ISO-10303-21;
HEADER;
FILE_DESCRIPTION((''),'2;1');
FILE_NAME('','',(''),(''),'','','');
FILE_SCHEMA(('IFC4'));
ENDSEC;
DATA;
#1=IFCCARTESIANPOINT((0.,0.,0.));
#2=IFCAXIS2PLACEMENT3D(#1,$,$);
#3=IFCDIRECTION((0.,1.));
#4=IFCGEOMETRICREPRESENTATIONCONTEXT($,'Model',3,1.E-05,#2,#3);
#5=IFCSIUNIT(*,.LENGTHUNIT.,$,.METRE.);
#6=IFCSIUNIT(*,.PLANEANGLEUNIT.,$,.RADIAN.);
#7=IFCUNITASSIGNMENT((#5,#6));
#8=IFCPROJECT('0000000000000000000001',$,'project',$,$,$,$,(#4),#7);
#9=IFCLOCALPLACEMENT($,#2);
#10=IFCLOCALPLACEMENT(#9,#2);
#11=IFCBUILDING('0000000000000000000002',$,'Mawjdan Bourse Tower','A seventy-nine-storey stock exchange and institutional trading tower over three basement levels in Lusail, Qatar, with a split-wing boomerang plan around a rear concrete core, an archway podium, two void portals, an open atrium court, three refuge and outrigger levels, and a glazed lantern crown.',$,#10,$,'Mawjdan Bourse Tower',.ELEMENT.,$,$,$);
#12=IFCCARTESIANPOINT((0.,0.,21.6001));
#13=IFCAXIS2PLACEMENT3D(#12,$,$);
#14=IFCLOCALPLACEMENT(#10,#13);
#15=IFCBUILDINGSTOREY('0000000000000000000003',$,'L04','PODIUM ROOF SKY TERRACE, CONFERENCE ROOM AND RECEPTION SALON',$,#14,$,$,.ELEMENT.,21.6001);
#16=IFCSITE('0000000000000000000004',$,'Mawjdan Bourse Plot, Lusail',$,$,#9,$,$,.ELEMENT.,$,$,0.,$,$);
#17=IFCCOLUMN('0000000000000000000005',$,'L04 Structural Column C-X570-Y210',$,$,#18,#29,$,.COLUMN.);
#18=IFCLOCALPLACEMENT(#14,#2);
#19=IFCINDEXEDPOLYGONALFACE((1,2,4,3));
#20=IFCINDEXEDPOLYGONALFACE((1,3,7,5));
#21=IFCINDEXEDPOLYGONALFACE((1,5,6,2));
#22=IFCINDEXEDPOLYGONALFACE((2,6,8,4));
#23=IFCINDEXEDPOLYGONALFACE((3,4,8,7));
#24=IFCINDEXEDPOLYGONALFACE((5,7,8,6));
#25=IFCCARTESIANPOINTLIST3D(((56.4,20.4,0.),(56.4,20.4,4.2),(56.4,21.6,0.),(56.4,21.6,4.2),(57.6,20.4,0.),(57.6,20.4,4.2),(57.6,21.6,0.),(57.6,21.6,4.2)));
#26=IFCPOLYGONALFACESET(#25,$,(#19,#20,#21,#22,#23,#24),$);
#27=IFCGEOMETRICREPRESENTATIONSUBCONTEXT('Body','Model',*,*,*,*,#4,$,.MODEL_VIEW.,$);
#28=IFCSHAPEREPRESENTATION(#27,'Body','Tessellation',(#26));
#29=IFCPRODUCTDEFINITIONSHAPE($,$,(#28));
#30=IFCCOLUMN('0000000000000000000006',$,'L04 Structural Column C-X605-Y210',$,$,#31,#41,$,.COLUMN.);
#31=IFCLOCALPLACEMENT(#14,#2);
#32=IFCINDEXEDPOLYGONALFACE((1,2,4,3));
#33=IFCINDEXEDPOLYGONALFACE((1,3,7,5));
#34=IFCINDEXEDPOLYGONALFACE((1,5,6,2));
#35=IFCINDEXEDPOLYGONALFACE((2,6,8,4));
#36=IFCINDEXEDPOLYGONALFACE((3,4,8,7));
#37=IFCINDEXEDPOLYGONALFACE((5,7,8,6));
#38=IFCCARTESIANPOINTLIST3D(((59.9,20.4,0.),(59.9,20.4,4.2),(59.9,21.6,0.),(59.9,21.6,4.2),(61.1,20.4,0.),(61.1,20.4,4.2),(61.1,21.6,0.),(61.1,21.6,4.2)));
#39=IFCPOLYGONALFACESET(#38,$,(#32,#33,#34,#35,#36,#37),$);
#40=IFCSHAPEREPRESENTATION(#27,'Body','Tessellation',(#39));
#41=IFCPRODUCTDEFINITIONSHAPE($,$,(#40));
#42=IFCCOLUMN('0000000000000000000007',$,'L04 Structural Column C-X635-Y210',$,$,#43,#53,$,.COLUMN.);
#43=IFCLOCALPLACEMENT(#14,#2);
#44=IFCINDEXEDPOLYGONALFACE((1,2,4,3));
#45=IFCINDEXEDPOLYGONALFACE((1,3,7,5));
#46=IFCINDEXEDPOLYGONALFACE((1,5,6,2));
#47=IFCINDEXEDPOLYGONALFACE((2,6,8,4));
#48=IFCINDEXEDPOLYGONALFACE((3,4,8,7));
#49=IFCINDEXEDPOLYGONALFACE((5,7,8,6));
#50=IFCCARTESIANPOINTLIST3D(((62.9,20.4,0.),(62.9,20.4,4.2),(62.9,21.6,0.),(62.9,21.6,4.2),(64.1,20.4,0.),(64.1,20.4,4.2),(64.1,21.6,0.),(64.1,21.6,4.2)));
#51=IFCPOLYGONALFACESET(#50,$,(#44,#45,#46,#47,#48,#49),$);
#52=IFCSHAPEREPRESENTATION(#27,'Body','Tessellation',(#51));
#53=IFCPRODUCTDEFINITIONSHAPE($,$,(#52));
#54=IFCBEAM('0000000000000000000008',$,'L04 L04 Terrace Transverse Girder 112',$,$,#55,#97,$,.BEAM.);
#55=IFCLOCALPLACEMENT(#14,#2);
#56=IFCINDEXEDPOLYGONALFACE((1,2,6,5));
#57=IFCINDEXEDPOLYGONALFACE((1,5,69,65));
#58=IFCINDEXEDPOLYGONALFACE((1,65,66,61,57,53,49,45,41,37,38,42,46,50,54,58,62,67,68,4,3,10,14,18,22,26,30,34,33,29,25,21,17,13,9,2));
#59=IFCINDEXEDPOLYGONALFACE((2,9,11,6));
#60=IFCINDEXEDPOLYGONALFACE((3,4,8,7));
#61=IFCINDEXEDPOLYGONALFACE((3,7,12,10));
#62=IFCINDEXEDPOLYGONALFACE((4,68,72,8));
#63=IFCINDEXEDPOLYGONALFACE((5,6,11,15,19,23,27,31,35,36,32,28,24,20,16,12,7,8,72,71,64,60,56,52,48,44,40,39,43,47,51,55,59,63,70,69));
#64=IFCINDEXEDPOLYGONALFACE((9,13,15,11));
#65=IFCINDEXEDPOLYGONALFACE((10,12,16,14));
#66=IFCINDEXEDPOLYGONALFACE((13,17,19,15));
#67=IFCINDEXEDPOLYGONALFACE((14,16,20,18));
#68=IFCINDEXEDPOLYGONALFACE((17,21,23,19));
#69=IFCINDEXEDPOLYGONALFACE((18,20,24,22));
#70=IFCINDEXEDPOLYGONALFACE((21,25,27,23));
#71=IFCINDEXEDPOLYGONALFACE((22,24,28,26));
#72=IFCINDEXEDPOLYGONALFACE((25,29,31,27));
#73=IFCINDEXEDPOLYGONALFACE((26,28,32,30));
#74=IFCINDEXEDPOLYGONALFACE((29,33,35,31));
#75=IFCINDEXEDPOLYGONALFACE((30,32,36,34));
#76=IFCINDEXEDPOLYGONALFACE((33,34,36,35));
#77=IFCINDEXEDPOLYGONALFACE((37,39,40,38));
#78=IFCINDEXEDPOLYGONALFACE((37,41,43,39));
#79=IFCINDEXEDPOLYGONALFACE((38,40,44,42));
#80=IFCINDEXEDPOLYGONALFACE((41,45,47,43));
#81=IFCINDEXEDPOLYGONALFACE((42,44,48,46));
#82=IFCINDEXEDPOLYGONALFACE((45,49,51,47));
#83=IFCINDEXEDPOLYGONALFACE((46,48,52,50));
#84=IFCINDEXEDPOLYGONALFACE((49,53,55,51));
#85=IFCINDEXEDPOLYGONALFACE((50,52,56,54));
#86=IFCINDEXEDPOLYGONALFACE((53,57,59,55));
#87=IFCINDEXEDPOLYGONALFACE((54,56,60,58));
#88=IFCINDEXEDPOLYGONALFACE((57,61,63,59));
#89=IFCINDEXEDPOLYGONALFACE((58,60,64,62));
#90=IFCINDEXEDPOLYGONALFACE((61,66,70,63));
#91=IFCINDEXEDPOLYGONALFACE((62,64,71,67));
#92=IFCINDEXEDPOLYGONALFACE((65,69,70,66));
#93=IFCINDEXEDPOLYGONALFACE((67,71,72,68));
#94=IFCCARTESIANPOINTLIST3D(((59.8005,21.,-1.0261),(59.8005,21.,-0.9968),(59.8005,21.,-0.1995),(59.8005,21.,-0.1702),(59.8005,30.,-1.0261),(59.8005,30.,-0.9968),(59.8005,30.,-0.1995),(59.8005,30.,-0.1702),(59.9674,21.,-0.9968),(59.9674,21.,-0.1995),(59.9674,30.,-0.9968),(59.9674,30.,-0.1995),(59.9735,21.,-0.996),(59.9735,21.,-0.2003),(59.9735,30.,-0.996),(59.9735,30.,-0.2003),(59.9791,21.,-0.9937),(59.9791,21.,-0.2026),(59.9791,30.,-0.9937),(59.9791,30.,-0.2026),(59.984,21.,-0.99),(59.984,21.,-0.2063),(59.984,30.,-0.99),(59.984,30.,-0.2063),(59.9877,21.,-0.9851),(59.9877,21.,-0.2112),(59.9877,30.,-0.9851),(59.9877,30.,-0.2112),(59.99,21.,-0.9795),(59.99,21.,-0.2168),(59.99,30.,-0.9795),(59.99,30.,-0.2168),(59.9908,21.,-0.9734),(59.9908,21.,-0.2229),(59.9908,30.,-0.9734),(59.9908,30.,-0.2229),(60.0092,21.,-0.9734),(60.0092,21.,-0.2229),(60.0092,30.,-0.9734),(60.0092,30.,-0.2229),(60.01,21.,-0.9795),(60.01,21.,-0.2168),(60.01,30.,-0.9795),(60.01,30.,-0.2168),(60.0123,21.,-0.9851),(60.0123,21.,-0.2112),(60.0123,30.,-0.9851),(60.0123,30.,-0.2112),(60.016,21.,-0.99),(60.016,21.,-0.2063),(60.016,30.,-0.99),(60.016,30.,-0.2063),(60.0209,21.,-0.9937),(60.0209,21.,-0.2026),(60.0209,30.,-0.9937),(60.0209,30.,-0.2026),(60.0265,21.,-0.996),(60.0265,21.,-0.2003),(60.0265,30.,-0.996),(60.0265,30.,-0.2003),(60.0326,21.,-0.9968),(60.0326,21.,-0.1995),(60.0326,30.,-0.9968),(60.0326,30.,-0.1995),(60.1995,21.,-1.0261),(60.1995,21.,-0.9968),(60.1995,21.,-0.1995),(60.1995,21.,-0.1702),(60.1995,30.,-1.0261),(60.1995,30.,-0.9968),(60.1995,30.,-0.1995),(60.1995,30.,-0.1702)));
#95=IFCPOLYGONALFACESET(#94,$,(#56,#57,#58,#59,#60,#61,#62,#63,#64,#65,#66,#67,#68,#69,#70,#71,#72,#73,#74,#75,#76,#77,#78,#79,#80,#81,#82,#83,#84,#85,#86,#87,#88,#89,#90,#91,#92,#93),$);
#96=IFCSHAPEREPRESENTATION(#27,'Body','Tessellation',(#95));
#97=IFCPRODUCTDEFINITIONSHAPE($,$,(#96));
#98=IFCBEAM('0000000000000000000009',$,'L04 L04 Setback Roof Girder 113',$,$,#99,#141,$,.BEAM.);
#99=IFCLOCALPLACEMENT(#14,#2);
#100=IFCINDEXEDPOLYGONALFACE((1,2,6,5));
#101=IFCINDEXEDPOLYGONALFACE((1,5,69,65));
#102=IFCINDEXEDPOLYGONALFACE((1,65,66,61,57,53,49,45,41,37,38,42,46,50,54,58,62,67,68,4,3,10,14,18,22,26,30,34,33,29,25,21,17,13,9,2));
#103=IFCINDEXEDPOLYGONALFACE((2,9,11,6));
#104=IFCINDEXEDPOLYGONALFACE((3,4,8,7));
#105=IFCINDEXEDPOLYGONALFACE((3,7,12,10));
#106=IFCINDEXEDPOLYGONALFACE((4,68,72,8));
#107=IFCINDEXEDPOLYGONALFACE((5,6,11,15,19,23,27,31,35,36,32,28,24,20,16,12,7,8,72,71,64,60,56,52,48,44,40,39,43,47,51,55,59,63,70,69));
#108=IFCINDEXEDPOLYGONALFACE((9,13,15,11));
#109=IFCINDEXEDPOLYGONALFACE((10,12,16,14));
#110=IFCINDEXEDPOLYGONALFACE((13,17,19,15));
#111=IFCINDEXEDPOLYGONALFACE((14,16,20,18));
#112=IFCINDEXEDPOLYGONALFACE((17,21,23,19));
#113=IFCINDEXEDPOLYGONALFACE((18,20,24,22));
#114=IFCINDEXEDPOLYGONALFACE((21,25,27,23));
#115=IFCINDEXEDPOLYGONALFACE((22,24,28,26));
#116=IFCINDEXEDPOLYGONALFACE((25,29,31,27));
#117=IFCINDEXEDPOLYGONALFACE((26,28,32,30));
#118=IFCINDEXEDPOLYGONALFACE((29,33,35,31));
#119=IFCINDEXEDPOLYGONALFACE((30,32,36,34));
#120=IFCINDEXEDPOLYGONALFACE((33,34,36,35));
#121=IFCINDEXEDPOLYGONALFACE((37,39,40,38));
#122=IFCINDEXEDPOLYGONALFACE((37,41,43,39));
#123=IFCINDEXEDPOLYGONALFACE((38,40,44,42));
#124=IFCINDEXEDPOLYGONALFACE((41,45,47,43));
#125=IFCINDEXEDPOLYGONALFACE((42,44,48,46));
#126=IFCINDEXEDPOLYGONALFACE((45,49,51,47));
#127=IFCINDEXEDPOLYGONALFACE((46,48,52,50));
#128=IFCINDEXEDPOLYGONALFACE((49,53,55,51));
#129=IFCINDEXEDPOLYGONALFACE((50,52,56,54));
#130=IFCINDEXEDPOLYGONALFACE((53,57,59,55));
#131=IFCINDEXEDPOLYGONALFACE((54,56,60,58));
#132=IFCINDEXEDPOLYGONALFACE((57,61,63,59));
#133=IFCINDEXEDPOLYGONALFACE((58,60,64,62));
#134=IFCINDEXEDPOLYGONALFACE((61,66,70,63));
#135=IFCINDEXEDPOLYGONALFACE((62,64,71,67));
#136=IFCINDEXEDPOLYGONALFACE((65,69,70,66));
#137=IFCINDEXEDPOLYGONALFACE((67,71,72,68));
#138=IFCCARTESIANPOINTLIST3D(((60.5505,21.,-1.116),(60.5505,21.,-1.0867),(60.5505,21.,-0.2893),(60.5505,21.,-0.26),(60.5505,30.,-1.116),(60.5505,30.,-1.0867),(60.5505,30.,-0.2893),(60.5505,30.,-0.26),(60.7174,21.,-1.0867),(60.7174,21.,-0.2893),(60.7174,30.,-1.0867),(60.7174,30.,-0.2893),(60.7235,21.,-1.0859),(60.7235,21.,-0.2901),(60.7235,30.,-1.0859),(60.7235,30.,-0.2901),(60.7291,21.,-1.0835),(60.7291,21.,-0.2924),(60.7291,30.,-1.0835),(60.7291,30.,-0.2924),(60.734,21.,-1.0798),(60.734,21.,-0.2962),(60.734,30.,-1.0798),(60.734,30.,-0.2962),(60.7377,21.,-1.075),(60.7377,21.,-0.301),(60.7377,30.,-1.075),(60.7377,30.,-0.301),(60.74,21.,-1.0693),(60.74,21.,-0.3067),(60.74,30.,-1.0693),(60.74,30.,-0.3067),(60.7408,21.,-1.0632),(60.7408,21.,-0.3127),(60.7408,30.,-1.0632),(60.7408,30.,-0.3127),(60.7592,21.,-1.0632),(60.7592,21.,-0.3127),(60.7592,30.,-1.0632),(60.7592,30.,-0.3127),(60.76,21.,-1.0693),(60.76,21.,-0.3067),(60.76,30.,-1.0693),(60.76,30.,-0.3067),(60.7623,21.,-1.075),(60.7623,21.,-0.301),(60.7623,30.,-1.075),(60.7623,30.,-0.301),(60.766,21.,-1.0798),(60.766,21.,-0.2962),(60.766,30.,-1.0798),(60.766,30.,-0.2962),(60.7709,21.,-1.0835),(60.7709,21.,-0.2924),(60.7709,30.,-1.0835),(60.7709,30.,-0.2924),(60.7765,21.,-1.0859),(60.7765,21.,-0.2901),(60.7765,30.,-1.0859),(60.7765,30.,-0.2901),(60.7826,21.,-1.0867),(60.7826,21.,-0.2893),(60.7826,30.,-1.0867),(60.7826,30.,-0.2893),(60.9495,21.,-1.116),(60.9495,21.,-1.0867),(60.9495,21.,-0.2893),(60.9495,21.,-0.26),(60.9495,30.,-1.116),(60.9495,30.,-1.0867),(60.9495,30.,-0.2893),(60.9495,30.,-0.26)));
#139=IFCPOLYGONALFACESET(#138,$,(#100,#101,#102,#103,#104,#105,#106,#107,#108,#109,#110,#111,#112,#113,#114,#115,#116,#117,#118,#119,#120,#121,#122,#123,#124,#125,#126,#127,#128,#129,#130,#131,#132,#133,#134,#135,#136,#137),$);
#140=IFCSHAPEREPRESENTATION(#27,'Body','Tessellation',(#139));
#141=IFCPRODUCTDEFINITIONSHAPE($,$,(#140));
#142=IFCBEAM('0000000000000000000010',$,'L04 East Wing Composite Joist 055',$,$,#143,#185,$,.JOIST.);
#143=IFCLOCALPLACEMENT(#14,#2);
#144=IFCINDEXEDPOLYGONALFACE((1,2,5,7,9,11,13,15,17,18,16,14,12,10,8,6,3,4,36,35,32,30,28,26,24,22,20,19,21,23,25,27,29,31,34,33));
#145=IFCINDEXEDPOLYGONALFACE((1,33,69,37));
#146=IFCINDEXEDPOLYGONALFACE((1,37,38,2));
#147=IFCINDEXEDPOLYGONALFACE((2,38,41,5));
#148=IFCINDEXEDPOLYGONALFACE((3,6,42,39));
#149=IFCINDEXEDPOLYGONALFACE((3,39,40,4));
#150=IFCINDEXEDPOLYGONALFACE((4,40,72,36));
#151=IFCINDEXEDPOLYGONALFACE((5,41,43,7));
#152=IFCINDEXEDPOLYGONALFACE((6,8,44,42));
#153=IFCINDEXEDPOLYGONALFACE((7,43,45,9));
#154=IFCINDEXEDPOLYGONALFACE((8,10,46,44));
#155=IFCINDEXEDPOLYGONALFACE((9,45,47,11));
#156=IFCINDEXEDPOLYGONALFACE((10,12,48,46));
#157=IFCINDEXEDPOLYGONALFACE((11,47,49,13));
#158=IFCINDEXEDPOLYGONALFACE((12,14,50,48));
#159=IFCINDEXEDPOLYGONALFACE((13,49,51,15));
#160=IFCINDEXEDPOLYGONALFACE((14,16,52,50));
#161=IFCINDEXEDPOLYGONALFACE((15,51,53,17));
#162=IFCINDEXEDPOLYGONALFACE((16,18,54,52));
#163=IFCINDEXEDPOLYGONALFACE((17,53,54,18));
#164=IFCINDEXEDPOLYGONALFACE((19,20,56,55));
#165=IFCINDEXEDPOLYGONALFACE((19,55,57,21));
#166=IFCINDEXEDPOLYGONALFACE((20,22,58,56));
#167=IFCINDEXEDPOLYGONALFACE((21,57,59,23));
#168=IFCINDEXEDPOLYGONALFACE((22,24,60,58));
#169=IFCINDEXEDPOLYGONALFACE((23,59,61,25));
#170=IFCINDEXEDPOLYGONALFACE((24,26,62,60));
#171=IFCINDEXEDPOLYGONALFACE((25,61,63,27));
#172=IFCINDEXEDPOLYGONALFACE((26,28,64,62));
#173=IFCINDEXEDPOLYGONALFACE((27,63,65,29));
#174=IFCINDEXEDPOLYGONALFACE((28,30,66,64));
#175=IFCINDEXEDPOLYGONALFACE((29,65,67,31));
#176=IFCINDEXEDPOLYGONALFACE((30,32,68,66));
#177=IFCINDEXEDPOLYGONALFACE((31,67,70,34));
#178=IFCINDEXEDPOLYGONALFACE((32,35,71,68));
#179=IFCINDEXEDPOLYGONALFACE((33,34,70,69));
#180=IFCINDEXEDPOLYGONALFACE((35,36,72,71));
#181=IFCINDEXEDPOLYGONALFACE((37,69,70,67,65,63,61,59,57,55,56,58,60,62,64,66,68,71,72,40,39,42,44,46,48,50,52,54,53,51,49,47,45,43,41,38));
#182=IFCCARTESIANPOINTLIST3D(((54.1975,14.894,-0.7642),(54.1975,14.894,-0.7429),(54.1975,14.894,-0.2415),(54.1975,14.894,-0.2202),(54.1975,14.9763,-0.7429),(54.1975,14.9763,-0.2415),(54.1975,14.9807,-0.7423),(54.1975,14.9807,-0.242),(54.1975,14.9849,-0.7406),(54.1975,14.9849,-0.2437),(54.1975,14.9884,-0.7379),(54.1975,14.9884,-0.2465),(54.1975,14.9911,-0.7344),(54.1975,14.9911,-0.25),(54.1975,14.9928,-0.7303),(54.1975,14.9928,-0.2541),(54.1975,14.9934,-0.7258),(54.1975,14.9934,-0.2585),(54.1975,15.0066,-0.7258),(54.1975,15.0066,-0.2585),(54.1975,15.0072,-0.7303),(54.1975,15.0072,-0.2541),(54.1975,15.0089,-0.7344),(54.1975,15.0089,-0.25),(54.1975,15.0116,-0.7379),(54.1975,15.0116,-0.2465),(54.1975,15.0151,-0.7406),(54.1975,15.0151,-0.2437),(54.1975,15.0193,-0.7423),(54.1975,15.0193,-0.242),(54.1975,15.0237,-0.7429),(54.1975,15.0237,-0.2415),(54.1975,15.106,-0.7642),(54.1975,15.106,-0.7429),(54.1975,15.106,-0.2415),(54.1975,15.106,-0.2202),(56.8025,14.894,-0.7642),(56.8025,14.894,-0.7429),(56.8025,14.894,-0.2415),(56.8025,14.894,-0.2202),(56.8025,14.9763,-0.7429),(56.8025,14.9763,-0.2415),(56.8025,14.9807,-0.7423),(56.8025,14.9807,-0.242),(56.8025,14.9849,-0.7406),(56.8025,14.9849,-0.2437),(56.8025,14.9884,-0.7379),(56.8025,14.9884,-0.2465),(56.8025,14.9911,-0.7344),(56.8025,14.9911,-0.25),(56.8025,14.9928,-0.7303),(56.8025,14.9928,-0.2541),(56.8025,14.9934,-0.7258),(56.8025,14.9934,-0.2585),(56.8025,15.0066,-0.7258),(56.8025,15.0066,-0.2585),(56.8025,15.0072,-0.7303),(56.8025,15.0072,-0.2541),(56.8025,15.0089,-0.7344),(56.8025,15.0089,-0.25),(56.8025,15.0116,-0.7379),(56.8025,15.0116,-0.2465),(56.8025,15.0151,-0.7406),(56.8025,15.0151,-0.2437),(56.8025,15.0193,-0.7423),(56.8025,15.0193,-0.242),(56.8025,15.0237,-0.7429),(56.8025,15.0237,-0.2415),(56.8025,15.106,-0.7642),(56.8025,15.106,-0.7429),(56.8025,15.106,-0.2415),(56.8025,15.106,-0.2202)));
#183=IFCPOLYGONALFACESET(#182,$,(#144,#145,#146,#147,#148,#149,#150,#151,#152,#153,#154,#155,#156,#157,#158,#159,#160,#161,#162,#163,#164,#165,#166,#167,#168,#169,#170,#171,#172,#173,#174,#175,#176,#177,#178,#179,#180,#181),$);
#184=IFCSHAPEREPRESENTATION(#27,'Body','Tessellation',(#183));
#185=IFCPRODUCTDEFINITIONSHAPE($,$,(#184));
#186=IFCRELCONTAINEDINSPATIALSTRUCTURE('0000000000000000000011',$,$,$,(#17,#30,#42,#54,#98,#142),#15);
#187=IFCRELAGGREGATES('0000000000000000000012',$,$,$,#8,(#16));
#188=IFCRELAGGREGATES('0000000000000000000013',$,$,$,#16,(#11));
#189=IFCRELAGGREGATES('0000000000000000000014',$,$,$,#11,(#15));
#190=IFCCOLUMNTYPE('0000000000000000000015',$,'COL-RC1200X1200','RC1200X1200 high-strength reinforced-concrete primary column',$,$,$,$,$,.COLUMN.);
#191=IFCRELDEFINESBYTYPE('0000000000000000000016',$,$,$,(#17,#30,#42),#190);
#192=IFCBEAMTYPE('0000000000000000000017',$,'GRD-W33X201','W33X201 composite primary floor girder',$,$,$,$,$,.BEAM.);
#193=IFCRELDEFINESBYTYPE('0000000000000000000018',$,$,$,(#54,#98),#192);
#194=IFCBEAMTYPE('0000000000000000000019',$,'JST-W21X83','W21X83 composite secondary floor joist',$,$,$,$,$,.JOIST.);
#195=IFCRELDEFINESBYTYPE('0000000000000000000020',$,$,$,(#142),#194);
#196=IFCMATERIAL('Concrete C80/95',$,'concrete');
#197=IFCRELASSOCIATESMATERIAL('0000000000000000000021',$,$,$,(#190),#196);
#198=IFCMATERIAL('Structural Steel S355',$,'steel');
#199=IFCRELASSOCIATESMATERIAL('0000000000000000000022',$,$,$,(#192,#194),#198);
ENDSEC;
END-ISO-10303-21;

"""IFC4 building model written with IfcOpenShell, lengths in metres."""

from ifc_helpers import new_model, si_unit, direction, frame, origin, origin_2d, place, context, subcontext, project, spatial, rectangle, i_section, extrude, material, material_profile, profile_set, type_object, element, save


model = new_model("IFC4")

# Units and contexts
model_context = context("Model", 3, precision=1e-05, world=origin(), true_north=direction((0.0, 1.0)))
body_context = subcontext(model_context, "Body", "Model", "MODEL_VIEW")
ifc_project = project(units=[si_unit("LENGTHUNIT", "METRE"), si_unit("PLANEANGLEUNIT", "RADIAN")], contexts=[model_context])

# Site, building, storey
site_placement = place(None, origin())
site = spatial("IfcSite", under=ifc_project, at=site_placement, Name="Mawjdan Bourse Plot, Lusail", CompositionType="ELEMENT", RefElevation=0.0)
building_placement = place(site_placement, origin())
building = spatial("IfcBuilding", under=site, at=building_placement, Name="Mawjdan Bourse Tower", Description="A seventy-nine-storey stock exchange and institutional trading tower over three basement levels in Lusail, Qatar, with a split-wing boomerang plan around a rear concrete core, an archway podium, two void portals, an open atrium court, three refuge and outrigger levels, and a glazed lantern crown.", LongName="Mawjdan Bourse Tower", CompositionType="ELEMENT")
storey_placement = place(building_placement, frame((0.0, 0.0, 21.6001)))
storey = spatial("IfcBuildingStorey", under=building, at=storey_placement, Name="L04", Description="PODIUM ROOF SKY TERRACE, CONFERENCE ROOM AND RECEPTION SALON", CompositionType="ELEMENT", Elevation=21.6001)

# Columns
ifc_material_1 = material(Name="Concrete C80/95", Category="concrete")
ifc_material_profile_1 = material_profile(ifc_material_1, rectangle(XDim=1.2, YDim=1.2, at=origin_2d()), Name="RC1200X1200")
ifc_profile_set_1 = profile_set([ifc_material_profile_1], Name="Concrete C80/95")
column_type = type_object("IfcColumnType", Name="COL-RC1200X1200", Description="RC1200X1200 high-strength reinforced-concrete primary column", PredefinedType="COLUMN", material=ifc_profile_set_1)
for number, where, z_axis, x_axis, name in (
    (1, (57.0, 21.0, 0.0), (0.0, 0.0, 1.0), (1.0, 0.0, 0.0), "L04 Structural Column C-X570-Y210"),
    (2, (60.5, 21.0, 0.0), (0.0, 0.0, 1.0), (1.0, 0.0, 0.0), "L04 Structural Column C-X605-Y210"),
    (3, (63.5, 21.0, 0.0), (0.0, 0.0, 1.0), (1.0, 0.0, 0.0), "L04 Structural Column C-X635-Y210"),
):
    element("IfcColumn", number, at=place(storey_placement, frame(where, z_axis=z_axis, x_axis=x_axis)), inside=storey, type_object=column_type, Name=name, PredefinedType="COLUMN", context=body_context, shape_type="SweptSolid", body=[
        extrude(rectangle(XDim=1.2, YDim=1.2, at=origin_2d()), origin(), (0.0, 0.0, 1.0), 4.2),
    ])

# Beams
ifc_material_2 = material(Name="Structural Steel S355", Category="steel")
ifc_material_profile_2 = material_profile(ifc_material_2, i_section(OverallWidth=0.3989, OverallDepth=0.856, WebThickness=0.0183, FlangeThickness=0.0293, FilletRadius=0.0234, at=origin_2d()), Name="W33X201")
ifc_profile_set_2 = profile_set([ifc_material_profile_2], Name="Structural Steel S355")
beam_type_1 = type_object("IfcBeamType", Name="GRD-W33X201", Description="W33X201 composite primary floor girder", PredefinedType="BEAM", material=ifc_profile_set_2)
for number, where, z_axis, x_axis, name in (
    (4, (60.0, 21.0, -0.5981), (0.0, 1.0, 0.0), (-1.0, 0.0, 0.0), "L04 L04 Terrace Transverse Girder 112"),
    (5, (60.75, 21.0, -0.688), (0.0, 1.0, 0.0), (-1.0, 0.0, 0.0), "L04 L04 Setback Roof Girder 113"),
):
    element("IfcBeam", number, at=place(storey_placement, frame(where, z_axis=z_axis, x_axis=x_axis)), inside=storey, type_object=beam_type_1, Name=name, PredefinedType="BEAM", context=body_context, shape_type="SweptSolid", body=[
        extrude(i_section(OverallWidth=0.3989, OverallDepth=0.856, WebThickness=0.0183, FlangeThickness=0.0293, FilletRadius=0.0234, at=origin_2d()), origin(), (0.0, 0.0, 1.0), 9.0),
    ])
ifc_material_profile_3 = material_profile(ifc_material_2, i_section(OverallWidth=0.2119, OverallDepth=0.5439, WebThickness=0.0132, FlangeThickness=0.0212, FilletRadius=0.0171, at=origin_2d()), Name="W21X83")
ifc_profile_set_3 = profile_set([ifc_material_profile_3], Name="Structural Steel S355")
beam_type_2 = type_object("IfcBeamType", Name="JST-W21X83", Description="W21X83 composite secondary floor joist", PredefinedType="JOIST", material=ifc_profile_set_3)
beam_1_placement = place(storey_placement, frame((54.1975, 15.0, -0.4922), z_axis=(1.0, 0.0, 0.0), x_axis=(0.0, 1.0, 0.0)))
element("IfcBeam", 6, at=beam_1_placement, inside=storey, type_object=beam_type_2, Name="L04 East Wing Composite Joist 055", PredefinedType="JOIST", context=body_context, shape_type="SweptSolid", body=[
    extrude(i_section(OverallWidth=0.2119, OverallDepth=0.5439, WebThickness=0.0132, FlangeThickness=0.0212, FilletRadius=0.0171, at=origin_2d()), origin(), (0.0, 0.0, 1.0), 2.605),
])

save(model, "model.ifc")
